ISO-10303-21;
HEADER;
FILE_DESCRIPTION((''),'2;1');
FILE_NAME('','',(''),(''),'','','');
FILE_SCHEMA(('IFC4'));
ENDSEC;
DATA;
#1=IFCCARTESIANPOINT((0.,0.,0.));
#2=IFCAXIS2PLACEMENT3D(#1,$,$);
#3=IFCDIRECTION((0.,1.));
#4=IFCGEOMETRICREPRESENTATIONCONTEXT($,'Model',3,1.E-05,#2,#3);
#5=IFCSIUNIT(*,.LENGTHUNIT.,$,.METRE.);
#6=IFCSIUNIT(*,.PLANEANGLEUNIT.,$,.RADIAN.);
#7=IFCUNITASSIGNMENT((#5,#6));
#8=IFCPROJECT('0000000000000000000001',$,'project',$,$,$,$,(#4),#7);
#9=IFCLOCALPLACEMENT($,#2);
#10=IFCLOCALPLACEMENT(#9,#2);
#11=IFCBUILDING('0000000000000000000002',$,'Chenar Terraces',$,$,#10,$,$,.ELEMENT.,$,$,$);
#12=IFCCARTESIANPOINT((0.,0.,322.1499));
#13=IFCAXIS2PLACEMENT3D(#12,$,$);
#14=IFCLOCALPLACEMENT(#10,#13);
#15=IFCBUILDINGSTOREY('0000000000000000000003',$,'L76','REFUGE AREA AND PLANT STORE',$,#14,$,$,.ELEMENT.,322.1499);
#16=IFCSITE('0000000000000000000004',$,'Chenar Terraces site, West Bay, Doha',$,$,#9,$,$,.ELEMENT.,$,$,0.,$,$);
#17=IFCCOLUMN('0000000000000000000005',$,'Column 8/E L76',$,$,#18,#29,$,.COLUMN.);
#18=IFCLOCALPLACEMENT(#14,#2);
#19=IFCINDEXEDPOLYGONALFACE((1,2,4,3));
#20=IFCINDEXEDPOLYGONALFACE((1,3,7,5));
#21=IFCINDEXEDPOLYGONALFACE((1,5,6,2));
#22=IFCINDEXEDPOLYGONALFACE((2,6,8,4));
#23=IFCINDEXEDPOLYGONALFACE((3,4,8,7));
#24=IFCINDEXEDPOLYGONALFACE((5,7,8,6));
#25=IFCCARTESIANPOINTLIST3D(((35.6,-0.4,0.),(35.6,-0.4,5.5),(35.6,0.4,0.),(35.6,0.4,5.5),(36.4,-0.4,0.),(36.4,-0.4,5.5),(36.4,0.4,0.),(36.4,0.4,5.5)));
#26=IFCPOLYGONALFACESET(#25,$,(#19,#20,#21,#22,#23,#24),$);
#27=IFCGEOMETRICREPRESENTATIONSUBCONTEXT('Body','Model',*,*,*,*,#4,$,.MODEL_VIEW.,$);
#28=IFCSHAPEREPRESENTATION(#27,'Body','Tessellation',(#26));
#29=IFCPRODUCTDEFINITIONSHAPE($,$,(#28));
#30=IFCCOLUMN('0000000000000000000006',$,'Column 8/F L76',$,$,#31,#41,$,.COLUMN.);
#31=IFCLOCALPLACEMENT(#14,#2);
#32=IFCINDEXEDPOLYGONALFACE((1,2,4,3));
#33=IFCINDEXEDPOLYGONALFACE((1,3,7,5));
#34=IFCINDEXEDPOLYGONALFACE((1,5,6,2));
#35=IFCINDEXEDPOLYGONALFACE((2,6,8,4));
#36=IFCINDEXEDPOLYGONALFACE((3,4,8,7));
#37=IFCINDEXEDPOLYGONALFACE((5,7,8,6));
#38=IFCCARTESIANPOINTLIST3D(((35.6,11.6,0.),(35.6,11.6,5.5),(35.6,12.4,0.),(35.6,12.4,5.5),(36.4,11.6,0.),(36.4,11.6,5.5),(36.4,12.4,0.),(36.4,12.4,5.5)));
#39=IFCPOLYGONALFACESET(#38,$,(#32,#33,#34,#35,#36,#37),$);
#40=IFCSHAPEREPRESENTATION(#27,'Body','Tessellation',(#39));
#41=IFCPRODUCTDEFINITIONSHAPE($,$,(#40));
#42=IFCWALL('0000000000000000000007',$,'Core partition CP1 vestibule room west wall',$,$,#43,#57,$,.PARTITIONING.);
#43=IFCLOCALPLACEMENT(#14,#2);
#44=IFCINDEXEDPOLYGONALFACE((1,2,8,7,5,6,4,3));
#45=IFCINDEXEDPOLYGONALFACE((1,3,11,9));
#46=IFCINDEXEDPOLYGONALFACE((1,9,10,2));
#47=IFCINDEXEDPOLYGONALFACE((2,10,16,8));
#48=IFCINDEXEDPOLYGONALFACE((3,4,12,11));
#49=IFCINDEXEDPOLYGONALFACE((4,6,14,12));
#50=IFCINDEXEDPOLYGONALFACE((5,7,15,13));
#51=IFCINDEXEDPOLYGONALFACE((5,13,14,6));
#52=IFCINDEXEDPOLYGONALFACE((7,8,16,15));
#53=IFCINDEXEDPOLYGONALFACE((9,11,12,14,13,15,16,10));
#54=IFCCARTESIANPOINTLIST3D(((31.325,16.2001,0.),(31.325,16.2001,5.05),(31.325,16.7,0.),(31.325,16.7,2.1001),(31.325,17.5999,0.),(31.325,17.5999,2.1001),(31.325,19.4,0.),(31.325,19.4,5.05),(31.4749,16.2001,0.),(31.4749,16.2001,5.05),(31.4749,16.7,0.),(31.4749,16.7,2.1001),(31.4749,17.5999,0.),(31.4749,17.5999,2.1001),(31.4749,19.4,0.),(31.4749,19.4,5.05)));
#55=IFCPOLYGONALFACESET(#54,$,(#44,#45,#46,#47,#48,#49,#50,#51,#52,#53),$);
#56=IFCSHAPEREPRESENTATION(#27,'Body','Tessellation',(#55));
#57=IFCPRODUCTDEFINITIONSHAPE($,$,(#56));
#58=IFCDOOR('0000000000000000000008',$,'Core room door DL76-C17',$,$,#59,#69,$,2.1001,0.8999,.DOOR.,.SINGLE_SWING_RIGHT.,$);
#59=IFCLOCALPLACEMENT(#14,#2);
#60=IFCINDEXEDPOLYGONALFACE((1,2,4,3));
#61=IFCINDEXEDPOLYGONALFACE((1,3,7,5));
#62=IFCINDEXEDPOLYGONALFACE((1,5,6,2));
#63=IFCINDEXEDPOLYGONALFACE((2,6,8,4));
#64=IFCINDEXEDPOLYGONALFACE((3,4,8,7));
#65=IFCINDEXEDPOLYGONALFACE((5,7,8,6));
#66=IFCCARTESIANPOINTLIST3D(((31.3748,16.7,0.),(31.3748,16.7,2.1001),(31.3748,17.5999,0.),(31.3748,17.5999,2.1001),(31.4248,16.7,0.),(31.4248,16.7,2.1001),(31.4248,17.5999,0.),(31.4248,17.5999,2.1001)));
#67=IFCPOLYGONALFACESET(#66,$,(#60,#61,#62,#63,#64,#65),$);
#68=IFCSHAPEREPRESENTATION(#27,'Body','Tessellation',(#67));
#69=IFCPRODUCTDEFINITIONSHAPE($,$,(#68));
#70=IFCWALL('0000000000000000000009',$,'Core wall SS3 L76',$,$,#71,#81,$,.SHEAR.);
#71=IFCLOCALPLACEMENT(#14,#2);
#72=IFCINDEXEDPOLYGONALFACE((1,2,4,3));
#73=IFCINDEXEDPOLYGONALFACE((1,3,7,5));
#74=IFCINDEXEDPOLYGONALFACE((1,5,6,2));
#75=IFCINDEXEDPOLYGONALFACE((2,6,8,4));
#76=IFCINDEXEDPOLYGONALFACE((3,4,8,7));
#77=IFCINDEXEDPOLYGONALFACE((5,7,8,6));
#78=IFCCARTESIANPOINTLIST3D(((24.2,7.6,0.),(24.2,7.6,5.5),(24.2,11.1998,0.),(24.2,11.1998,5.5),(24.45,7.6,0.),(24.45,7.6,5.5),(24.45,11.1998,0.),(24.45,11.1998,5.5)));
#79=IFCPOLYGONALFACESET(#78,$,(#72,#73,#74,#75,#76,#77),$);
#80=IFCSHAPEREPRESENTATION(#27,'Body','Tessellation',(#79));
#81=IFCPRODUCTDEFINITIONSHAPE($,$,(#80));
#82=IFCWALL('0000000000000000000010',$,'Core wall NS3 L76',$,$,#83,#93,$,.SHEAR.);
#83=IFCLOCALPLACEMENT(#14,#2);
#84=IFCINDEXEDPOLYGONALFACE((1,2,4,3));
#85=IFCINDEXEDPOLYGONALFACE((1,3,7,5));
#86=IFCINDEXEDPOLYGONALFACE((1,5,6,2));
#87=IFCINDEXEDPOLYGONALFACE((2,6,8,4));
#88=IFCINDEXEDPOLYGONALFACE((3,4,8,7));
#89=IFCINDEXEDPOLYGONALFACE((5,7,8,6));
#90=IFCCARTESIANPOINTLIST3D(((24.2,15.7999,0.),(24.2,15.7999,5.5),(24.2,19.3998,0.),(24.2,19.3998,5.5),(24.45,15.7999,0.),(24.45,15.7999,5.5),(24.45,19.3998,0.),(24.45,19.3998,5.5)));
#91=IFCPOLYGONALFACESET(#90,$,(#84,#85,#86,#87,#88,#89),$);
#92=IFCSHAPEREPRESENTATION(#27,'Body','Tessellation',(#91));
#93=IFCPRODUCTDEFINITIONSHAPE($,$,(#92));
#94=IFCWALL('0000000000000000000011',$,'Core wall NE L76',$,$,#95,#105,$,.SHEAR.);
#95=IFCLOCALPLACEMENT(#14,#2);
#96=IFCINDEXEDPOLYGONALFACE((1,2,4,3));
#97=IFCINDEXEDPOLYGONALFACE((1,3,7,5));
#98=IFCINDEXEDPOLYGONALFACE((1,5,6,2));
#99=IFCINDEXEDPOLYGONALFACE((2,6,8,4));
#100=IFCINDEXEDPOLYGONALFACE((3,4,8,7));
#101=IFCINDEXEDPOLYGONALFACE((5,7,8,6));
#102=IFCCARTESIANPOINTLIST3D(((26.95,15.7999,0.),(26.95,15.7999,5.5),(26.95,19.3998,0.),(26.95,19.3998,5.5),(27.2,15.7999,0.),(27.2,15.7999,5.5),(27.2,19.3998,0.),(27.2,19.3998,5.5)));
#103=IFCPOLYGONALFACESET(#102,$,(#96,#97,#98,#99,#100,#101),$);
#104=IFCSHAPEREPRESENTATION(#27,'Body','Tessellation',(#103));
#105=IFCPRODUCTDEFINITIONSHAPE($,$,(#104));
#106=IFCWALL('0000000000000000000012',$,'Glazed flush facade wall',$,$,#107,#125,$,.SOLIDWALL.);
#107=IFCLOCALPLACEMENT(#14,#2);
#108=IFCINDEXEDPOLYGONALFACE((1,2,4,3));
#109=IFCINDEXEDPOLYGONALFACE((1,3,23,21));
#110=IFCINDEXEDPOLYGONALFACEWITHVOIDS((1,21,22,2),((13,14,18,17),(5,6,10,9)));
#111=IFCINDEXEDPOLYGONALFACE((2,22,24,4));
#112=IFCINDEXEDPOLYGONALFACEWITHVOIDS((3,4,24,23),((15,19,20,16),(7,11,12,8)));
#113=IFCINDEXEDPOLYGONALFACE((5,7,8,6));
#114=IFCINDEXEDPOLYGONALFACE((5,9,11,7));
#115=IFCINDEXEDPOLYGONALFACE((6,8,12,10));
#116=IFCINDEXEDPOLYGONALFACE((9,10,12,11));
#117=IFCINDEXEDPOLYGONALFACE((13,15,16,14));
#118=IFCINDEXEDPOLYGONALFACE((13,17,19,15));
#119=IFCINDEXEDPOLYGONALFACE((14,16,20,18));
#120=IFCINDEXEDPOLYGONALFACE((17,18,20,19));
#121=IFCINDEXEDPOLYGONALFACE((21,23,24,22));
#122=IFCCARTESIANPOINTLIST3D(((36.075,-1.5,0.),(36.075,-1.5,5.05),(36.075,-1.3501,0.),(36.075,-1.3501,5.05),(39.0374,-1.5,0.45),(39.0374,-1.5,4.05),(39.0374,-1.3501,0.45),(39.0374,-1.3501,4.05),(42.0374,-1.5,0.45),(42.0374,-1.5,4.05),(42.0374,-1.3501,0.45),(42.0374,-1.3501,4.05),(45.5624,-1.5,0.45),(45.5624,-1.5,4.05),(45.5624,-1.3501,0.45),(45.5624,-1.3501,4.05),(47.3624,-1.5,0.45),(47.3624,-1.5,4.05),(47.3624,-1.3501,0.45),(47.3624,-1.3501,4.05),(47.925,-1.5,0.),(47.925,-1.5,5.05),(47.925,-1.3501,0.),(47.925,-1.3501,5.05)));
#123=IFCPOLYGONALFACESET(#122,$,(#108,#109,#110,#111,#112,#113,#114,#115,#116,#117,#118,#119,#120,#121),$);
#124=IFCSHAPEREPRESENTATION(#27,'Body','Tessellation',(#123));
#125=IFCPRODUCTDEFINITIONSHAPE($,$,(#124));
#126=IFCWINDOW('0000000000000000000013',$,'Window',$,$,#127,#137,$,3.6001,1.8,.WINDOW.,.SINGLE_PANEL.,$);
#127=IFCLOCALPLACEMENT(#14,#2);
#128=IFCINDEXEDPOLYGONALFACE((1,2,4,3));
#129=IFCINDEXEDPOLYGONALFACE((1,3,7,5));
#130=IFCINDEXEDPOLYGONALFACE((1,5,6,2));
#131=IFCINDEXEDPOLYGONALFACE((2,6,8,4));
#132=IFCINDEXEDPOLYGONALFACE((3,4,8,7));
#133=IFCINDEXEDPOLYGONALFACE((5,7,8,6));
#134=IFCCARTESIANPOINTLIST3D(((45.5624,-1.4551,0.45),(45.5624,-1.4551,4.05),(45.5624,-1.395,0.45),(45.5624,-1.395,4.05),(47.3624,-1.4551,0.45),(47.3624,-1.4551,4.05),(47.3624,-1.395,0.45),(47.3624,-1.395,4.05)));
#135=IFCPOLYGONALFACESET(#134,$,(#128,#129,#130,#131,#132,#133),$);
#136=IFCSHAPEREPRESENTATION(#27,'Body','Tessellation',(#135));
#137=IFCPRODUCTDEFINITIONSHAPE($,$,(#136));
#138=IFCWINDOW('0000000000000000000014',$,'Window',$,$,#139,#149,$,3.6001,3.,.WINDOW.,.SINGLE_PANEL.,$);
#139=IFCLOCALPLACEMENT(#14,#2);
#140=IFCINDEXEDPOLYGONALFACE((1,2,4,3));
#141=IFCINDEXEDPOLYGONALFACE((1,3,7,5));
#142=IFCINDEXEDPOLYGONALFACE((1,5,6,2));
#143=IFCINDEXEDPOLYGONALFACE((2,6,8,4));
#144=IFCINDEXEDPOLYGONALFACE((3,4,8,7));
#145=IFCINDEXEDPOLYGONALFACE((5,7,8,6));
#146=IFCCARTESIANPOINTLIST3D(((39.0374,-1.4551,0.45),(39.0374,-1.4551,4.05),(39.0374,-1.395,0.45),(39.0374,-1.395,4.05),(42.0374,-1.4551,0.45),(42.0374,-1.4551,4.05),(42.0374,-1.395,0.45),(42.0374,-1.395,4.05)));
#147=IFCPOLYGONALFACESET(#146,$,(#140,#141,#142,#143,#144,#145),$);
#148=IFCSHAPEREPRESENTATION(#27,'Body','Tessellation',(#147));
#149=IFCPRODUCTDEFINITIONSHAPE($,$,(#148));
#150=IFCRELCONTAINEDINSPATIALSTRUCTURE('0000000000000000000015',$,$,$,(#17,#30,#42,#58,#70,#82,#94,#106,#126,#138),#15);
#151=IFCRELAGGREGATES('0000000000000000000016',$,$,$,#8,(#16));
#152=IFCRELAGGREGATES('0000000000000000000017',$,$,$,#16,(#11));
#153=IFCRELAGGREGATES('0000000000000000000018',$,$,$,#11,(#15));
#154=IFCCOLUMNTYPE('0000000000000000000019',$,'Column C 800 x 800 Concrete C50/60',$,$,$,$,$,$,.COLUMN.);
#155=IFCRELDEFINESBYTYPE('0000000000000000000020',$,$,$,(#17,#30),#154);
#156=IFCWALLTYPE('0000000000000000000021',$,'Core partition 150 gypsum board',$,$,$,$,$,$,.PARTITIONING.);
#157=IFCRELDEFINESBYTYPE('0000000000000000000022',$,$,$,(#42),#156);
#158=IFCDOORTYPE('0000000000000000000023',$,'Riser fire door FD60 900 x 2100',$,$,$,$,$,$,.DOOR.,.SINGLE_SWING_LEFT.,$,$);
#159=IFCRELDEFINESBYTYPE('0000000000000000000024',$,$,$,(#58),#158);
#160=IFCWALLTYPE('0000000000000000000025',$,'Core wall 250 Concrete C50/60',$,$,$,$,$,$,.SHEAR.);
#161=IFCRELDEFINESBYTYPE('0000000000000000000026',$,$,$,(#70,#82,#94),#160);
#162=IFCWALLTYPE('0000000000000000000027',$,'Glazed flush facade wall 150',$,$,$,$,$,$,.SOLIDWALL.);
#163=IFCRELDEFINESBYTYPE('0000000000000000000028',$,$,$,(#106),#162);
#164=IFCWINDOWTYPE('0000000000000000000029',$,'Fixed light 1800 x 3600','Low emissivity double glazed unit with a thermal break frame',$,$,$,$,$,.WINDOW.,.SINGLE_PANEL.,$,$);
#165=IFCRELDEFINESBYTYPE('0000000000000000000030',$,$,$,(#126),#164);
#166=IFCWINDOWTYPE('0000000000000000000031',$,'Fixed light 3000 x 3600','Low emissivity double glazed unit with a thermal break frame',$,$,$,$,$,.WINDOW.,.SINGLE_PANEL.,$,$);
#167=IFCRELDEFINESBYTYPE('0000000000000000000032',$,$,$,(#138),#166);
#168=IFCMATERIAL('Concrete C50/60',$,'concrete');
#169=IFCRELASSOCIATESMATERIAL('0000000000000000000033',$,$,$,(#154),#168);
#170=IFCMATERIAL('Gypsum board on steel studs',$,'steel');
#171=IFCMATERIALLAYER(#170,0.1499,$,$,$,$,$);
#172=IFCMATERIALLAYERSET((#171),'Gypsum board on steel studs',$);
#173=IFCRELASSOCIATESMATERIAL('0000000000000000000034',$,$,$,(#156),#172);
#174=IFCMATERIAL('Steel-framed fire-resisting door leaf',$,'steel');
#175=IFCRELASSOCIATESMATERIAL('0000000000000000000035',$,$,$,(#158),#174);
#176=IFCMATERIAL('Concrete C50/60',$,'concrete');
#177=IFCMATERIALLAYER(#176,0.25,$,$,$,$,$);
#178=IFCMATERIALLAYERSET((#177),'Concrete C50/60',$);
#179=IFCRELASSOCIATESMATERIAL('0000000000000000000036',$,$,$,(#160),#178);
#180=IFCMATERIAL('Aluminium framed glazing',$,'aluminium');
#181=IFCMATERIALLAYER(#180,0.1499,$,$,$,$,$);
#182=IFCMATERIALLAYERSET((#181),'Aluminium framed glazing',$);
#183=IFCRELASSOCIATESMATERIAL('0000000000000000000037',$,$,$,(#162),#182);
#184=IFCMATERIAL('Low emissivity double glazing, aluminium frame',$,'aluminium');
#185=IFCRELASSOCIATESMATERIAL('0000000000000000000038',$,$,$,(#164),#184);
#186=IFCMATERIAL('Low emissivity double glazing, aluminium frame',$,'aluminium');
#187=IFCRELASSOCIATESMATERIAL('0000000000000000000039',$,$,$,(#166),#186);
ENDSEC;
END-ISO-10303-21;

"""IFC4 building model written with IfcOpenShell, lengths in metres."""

from ifc_helpers import new_model, si_unit, direction, frame, frame_2d, origin, origin_2d, place, context, subcontext, project, spatial, rectangle, extrude, material, layer, layer_set, material_profile, profile_set, type_object, element, fill, save


model = new_model("IFC4")

# Units and contexts
model_context = context("Model", 3, precision=1e-05, world=origin(), true_north=direction((0.0, 1.0)))
body_context = subcontext(model_context, "Body", "Model", "MODEL_VIEW")
ifc_project = project(units=[si_unit("LENGTHUNIT", "METRE"), si_unit("PLANEANGLEUNIT", "RADIAN")], contexts=[model_context])

# Site, building, storey
site_placement = place(None, origin())
site = spatial("IfcSite", under=ifc_project, at=site_placement, Name="Chenar Terraces site, West Bay, Doha", CompositionType="ELEMENT", RefElevation=0.0)
building_placement = place(site_placement, origin())
building = spatial("IfcBuilding", under=site, at=building_placement, Name="Chenar Terraces", CompositionType="ELEMENT")
storey_placement = place(building_placement, frame((0.0, 0.0, 322.1499)))
storey = spatial("IfcBuildingStorey", under=building, at=storey_placement, Name="L76", Description="REFUGE AREA AND PLANT STORE", CompositionType="ELEMENT", Elevation=322.1499)

# Columns
ifc_material_1 = material(Name="Concrete C50/60", Category="concrete")
ifc_material_profile_1 = material_profile(ifc_material_1, rectangle(XDim=0.8, YDim=0.8, at=origin_2d()), Name="C 800 x 800")
ifc_profile_set_1 = profile_set([ifc_material_profile_1], Name="Concrete C50/60")
column_type = type_object("IfcColumnType", Name="Column C 800 x 800 Concrete C50/60", PredefinedType="COLUMN", material=ifc_profile_set_1)
for number, where, z_axis, x_axis, name in (
    (1, (36.0, 0.0, 0.0), (0.0, 0.0, 1.0), (1.0, 0.0, 0.0), "Column 8/E L76"),
    (2, (36.0, 12.0, 0.0), (0.0, 0.0, 1.0), (1.0, 0.0, 0.0), "Column 8/F L76"),
):
    element("IfcColumn", number, at=place(storey_placement, frame(where, z_axis=z_axis, x_axis=x_axis)), inside=storey, type_object=column_type, Name=name, PredefinedType="COLUMN", context=body_context, shape_type="SweptSolid", body=[
        extrude(rectangle(XDim=0.8, YDim=0.8, at=origin_2d()), origin(), (0.0, 0.0, 1.0), 5.5),
    ])

# Wall, opening, door
ifc_material_2 = material(Name="Gypsum board on steel studs", Category="steel")
ifc_layer_1 = layer(ifc_material_2, 0.1499)
ifc_layer_set_1 = layer_set([ifc_layer_1], Name="Gypsum board on steel studs")
wall_type_1 = type_object("IfcWallType", Name="Core partition 150 gypsum board", PredefinedType="PARTITIONING", material=ifc_layer_set_1)
wall_1_placement = place(storey_placement, frame((31.3999, 16.2, 0.0), z_axis=(0.0, 0.0, 1.0), x_axis=(0.0, 1.0, 0.0)))
wall_1 = element("IfcWall", 3, at=wall_1_placement, inside=storey, type_object=wall_type_1, Name="Core partition CP1 vestibule room west wall", PredefinedType="PARTITIONING", context=body_context, shape_type="SweptSolid", body=[
    extrude(rectangle(XDim=3.2, YDim=0.1499, at=frame_2d((1.6001, 0.0))), origin(), (0.0, 0.0, 1.0), 5.05),
])
opening_1_placement = place(wall_1_placement, frame((0.5, 0.0, 0.0)))
opening_1 = element("IfcOpeningElement", 4, at=opening_1_placement, cuts=wall_1, PredefinedType="OPENING", context=body_context, shape_type="SweptSolid", body=[
    extrude(rectangle(XDim=0.8999, YDim=2.1001, at=frame_2d((0.45, 1.05))), frame((0.0, 0.085, 0.0), z_axis=(0.0, -1.0, 0.0), x_axis=(1.0, 0.0, 0.0)), (0.0, 0.0, 1.0), 0.1699),
])
ifc_material_3 = material(Name="Steel-framed fire-resisting door leaf", Category="steel")
door_type_1 = type_object("IfcDoorType", Name="Riser fire door FD60 900 x 2100", OperationType="SINGLE_SWING_LEFT", PredefinedType="DOOR", material=ifc_material_3)
door_1_placement = place(opening_1_placement, frame((0.8999, 0.0, 0.0), z_axis=(0.0, 0.0, 1.0), x_axis=(-1.0, 0.0, 0.0)))
door_1 = element("IfcDoor", 5, at=door_1_placement, inside=storey, type_object=door_type_1, Name="Core room door DL76-C17", OperationType="SINGLE_SWING_RIGHT", OverallHeight=2.1001, OverallWidth=0.8999, PredefinedType="DOOR", context=body_context, shape_type="SweptSolid", body=[
    extrude(rectangle(XDim=0.8999, YDim=2.1001, at=frame_2d((0.45, 1.05))), frame((0.0, 0.0249, 0.0), z_axis=(0.0, -1.0, 0.0), x_axis=(1.0, 0.0, 0.0)), (0.0, 0.0, 1.0), 0.05),
])
fill(opening_1, door_1)

# Walls
ifc_material_4 = material(Name="Concrete C50/60", Category="concrete")
ifc_layer_2 = layer(ifc_material_4, 0.25)
ifc_layer_set_2 = layer_set([ifc_layer_2], Name="Concrete C50/60")
wall_type_2 = type_object("IfcWallType", Name="Core wall 250 Concrete C50/60", PredefinedType="SHEAR", material=ifc_layer_set_2)
for number, where, z_axis, x_axis, name in (
    (6, (24.325, 7.6001, 0.0), (0.0, 0.0, 1.0), (0.0, 1.0, 0.0), "Core wall SS3 L76"),
    (7, (24.325, 15.8, 0.0), (0.0, 0.0, 1.0), (0.0, 1.0, 0.0), "Core wall NS3 L76"),
    (8, (27.075, 15.8, 0.0), (0.0, 0.0, 1.0), (0.0, 1.0, 0.0), "Core wall NE L76"),
):
    element("IfcWall", number, at=place(storey_placement, frame(where, z_axis=z_axis, x_axis=x_axis)), inside=storey, type_object=wall_type_2, Name=name, PredefinedType="SHEAR", context=body_context, shape_type="SweptSolid", body=[
        extrude(rectangle(XDim=3.5999, YDim=0.25, at=frame_2d((1.7998, 0.0))), origin(), (0.0, 0.0, 1.0), 5.5),
    ])

# Wall, openings, windows
ifc_material_5 = material(Name="Aluminium framed glazing", Category="aluminium")
ifc_layer_3 = layer(ifc_material_5, 0.1499)
ifc_layer_set_3 = layer_set([ifc_layer_3], Name="Aluminium framed glazing")
wall_type_3 = type_object("IfcWallType", Name="Glazed flush facade wall 150", PredefinedType="SOLIDWALL", material=ifc_layer_set_3)
wall_2_placement = place(storey_placement, frame((36.075, -1.425, 0.0), z_axis=(0.0, 0.0, 1.0), x_axis=(1.0, 0.0, 0.0)))
wall_2 = element("IfcWall", 9, at=wall_2_placement, inside=storey, type_object=wall_type_3, Name="Glazed flush facade wall", PredefinedType="SOLIDWALL", context=body_context, shape_type="SweptSolid", body=[
    extrude(rectangle(XDim=11.8501, YDim=0.1499, at=frame_2d((5.925, 0.0))), origin(), (0.0, 0.0, 1.0), 5.05),
])
opening_2_placement = place(wall_2_placement, frame((2.9624, 0.0, 0.45)))
opening_2 = element("IfcOpeningElement", 10, at=opening_2_placement, cuts=wall_2, PredefinedType="OPENING", context=body_context, shape_type="SweptSolid", body=[
    extrude(rectangle(XDim=3.0, YDim=3.6001, at=frame_2d((1.5, 1.8))), frame((0.0, 0.085, 0.0), z_axis=(0.0, -1.0, 0.0), x_axis=(1.0, 0.0, 0.0)), (0.0, 0.0, 1.0), 0.1699),
])
opening_3_placement = place(wall_2_placement, frame((9.4875, 0.0, 0.45)))
opening_3 = element("IfcOpeningElement", 11, at=opening_3_placement, cuts=wall_2, PredefinedType="OPENING", context=body_context, shape_type="SweptSolid", body=[
    extrude(rectangle(XDim=1.8, YDim=3.6001, at=frame_2d((0.8999, 1.8))), frame((0.0, 0.085, 0.0), z_axis=(0.0, -1.0, 0.0), x_axis=(1.0, 0.0, 0.0)), (0.0, 0.0, 1.0), 0.1699),
])
ifc_material_6 = material(Name="Low emissivity double glazing, aluminium frame", Category="aluminium")
window_type_1 = type_object("IfcWindowType", Name="Fixed light 1800 x 3600", Description="Low emissivity double glazed unit with a thermal break frame", PartitioningType="SINGLE_PANEL", PredefinedType="WINDOW", material=ifc_material_6)
window_1_placement = place(opening_3_placement, origin())
window_1 = element("IfcWindow", 12, at=window_1_placement, inside=storey, type_object=window_type_1, Name="Window", OverallHeight=3.6001, OverallWidth=1.8, PartitioningType="SINGLE_PANEL", PredefinedType="WINDOW", context=body_context, shape_type="SweptSolid", body=[
    extrude(rectangle(XDim=1.8, YDim=3.6001, at=frame_2d((0.8999, 1.8))), frame((0.0, 0.03, 0.0), z_axis=(0.0, -1.0, 0.0), x_axis=(1.0, 0.0, 0.0)), (0.0, 0.0, 1.0), 0.0601),
])
fill(opening_3, window_1)
ifc_material_7 = material(Name="Low emissivity double glazing, aluminium frame", Category="aluminium")
window_type_2 = type_object("IfcWindowType", Name="Fixed light 3000 x 3600", Description="Low emissivity double glazed unit with a thermal break frame", PartitioningType="SINGLE_PANEL", PredefinedType="WINDOW", material=ifc_material_7)
window_2_placement = place(opening_2_placement, origin())
window_2 = element("IfcWindow", 13, at=window_2_placement, inside=storey, type_object=window_type_2, Name="Window", OverallHeight=3.6001, OverallWidth=3.0, PartitioningType="SINGLE_PANEL", PredefinedType="WINDOW", context=body_context, shape_type="SweptSolid", body=[
    extrude(rectangle(XDim=3.0, YDim=3.6001, at=frame_2d((1.5, 1.8))), frame((0.0, 0.03, 0.0), z_axis=(0.0, -1.0, 0.0), x_axis=(1.0, 0.0, 0.0)), (0.0, 0.0, 1.0), 0.0601),
])
fill(opening_2, window_2)

save(model, "model.ifc")
